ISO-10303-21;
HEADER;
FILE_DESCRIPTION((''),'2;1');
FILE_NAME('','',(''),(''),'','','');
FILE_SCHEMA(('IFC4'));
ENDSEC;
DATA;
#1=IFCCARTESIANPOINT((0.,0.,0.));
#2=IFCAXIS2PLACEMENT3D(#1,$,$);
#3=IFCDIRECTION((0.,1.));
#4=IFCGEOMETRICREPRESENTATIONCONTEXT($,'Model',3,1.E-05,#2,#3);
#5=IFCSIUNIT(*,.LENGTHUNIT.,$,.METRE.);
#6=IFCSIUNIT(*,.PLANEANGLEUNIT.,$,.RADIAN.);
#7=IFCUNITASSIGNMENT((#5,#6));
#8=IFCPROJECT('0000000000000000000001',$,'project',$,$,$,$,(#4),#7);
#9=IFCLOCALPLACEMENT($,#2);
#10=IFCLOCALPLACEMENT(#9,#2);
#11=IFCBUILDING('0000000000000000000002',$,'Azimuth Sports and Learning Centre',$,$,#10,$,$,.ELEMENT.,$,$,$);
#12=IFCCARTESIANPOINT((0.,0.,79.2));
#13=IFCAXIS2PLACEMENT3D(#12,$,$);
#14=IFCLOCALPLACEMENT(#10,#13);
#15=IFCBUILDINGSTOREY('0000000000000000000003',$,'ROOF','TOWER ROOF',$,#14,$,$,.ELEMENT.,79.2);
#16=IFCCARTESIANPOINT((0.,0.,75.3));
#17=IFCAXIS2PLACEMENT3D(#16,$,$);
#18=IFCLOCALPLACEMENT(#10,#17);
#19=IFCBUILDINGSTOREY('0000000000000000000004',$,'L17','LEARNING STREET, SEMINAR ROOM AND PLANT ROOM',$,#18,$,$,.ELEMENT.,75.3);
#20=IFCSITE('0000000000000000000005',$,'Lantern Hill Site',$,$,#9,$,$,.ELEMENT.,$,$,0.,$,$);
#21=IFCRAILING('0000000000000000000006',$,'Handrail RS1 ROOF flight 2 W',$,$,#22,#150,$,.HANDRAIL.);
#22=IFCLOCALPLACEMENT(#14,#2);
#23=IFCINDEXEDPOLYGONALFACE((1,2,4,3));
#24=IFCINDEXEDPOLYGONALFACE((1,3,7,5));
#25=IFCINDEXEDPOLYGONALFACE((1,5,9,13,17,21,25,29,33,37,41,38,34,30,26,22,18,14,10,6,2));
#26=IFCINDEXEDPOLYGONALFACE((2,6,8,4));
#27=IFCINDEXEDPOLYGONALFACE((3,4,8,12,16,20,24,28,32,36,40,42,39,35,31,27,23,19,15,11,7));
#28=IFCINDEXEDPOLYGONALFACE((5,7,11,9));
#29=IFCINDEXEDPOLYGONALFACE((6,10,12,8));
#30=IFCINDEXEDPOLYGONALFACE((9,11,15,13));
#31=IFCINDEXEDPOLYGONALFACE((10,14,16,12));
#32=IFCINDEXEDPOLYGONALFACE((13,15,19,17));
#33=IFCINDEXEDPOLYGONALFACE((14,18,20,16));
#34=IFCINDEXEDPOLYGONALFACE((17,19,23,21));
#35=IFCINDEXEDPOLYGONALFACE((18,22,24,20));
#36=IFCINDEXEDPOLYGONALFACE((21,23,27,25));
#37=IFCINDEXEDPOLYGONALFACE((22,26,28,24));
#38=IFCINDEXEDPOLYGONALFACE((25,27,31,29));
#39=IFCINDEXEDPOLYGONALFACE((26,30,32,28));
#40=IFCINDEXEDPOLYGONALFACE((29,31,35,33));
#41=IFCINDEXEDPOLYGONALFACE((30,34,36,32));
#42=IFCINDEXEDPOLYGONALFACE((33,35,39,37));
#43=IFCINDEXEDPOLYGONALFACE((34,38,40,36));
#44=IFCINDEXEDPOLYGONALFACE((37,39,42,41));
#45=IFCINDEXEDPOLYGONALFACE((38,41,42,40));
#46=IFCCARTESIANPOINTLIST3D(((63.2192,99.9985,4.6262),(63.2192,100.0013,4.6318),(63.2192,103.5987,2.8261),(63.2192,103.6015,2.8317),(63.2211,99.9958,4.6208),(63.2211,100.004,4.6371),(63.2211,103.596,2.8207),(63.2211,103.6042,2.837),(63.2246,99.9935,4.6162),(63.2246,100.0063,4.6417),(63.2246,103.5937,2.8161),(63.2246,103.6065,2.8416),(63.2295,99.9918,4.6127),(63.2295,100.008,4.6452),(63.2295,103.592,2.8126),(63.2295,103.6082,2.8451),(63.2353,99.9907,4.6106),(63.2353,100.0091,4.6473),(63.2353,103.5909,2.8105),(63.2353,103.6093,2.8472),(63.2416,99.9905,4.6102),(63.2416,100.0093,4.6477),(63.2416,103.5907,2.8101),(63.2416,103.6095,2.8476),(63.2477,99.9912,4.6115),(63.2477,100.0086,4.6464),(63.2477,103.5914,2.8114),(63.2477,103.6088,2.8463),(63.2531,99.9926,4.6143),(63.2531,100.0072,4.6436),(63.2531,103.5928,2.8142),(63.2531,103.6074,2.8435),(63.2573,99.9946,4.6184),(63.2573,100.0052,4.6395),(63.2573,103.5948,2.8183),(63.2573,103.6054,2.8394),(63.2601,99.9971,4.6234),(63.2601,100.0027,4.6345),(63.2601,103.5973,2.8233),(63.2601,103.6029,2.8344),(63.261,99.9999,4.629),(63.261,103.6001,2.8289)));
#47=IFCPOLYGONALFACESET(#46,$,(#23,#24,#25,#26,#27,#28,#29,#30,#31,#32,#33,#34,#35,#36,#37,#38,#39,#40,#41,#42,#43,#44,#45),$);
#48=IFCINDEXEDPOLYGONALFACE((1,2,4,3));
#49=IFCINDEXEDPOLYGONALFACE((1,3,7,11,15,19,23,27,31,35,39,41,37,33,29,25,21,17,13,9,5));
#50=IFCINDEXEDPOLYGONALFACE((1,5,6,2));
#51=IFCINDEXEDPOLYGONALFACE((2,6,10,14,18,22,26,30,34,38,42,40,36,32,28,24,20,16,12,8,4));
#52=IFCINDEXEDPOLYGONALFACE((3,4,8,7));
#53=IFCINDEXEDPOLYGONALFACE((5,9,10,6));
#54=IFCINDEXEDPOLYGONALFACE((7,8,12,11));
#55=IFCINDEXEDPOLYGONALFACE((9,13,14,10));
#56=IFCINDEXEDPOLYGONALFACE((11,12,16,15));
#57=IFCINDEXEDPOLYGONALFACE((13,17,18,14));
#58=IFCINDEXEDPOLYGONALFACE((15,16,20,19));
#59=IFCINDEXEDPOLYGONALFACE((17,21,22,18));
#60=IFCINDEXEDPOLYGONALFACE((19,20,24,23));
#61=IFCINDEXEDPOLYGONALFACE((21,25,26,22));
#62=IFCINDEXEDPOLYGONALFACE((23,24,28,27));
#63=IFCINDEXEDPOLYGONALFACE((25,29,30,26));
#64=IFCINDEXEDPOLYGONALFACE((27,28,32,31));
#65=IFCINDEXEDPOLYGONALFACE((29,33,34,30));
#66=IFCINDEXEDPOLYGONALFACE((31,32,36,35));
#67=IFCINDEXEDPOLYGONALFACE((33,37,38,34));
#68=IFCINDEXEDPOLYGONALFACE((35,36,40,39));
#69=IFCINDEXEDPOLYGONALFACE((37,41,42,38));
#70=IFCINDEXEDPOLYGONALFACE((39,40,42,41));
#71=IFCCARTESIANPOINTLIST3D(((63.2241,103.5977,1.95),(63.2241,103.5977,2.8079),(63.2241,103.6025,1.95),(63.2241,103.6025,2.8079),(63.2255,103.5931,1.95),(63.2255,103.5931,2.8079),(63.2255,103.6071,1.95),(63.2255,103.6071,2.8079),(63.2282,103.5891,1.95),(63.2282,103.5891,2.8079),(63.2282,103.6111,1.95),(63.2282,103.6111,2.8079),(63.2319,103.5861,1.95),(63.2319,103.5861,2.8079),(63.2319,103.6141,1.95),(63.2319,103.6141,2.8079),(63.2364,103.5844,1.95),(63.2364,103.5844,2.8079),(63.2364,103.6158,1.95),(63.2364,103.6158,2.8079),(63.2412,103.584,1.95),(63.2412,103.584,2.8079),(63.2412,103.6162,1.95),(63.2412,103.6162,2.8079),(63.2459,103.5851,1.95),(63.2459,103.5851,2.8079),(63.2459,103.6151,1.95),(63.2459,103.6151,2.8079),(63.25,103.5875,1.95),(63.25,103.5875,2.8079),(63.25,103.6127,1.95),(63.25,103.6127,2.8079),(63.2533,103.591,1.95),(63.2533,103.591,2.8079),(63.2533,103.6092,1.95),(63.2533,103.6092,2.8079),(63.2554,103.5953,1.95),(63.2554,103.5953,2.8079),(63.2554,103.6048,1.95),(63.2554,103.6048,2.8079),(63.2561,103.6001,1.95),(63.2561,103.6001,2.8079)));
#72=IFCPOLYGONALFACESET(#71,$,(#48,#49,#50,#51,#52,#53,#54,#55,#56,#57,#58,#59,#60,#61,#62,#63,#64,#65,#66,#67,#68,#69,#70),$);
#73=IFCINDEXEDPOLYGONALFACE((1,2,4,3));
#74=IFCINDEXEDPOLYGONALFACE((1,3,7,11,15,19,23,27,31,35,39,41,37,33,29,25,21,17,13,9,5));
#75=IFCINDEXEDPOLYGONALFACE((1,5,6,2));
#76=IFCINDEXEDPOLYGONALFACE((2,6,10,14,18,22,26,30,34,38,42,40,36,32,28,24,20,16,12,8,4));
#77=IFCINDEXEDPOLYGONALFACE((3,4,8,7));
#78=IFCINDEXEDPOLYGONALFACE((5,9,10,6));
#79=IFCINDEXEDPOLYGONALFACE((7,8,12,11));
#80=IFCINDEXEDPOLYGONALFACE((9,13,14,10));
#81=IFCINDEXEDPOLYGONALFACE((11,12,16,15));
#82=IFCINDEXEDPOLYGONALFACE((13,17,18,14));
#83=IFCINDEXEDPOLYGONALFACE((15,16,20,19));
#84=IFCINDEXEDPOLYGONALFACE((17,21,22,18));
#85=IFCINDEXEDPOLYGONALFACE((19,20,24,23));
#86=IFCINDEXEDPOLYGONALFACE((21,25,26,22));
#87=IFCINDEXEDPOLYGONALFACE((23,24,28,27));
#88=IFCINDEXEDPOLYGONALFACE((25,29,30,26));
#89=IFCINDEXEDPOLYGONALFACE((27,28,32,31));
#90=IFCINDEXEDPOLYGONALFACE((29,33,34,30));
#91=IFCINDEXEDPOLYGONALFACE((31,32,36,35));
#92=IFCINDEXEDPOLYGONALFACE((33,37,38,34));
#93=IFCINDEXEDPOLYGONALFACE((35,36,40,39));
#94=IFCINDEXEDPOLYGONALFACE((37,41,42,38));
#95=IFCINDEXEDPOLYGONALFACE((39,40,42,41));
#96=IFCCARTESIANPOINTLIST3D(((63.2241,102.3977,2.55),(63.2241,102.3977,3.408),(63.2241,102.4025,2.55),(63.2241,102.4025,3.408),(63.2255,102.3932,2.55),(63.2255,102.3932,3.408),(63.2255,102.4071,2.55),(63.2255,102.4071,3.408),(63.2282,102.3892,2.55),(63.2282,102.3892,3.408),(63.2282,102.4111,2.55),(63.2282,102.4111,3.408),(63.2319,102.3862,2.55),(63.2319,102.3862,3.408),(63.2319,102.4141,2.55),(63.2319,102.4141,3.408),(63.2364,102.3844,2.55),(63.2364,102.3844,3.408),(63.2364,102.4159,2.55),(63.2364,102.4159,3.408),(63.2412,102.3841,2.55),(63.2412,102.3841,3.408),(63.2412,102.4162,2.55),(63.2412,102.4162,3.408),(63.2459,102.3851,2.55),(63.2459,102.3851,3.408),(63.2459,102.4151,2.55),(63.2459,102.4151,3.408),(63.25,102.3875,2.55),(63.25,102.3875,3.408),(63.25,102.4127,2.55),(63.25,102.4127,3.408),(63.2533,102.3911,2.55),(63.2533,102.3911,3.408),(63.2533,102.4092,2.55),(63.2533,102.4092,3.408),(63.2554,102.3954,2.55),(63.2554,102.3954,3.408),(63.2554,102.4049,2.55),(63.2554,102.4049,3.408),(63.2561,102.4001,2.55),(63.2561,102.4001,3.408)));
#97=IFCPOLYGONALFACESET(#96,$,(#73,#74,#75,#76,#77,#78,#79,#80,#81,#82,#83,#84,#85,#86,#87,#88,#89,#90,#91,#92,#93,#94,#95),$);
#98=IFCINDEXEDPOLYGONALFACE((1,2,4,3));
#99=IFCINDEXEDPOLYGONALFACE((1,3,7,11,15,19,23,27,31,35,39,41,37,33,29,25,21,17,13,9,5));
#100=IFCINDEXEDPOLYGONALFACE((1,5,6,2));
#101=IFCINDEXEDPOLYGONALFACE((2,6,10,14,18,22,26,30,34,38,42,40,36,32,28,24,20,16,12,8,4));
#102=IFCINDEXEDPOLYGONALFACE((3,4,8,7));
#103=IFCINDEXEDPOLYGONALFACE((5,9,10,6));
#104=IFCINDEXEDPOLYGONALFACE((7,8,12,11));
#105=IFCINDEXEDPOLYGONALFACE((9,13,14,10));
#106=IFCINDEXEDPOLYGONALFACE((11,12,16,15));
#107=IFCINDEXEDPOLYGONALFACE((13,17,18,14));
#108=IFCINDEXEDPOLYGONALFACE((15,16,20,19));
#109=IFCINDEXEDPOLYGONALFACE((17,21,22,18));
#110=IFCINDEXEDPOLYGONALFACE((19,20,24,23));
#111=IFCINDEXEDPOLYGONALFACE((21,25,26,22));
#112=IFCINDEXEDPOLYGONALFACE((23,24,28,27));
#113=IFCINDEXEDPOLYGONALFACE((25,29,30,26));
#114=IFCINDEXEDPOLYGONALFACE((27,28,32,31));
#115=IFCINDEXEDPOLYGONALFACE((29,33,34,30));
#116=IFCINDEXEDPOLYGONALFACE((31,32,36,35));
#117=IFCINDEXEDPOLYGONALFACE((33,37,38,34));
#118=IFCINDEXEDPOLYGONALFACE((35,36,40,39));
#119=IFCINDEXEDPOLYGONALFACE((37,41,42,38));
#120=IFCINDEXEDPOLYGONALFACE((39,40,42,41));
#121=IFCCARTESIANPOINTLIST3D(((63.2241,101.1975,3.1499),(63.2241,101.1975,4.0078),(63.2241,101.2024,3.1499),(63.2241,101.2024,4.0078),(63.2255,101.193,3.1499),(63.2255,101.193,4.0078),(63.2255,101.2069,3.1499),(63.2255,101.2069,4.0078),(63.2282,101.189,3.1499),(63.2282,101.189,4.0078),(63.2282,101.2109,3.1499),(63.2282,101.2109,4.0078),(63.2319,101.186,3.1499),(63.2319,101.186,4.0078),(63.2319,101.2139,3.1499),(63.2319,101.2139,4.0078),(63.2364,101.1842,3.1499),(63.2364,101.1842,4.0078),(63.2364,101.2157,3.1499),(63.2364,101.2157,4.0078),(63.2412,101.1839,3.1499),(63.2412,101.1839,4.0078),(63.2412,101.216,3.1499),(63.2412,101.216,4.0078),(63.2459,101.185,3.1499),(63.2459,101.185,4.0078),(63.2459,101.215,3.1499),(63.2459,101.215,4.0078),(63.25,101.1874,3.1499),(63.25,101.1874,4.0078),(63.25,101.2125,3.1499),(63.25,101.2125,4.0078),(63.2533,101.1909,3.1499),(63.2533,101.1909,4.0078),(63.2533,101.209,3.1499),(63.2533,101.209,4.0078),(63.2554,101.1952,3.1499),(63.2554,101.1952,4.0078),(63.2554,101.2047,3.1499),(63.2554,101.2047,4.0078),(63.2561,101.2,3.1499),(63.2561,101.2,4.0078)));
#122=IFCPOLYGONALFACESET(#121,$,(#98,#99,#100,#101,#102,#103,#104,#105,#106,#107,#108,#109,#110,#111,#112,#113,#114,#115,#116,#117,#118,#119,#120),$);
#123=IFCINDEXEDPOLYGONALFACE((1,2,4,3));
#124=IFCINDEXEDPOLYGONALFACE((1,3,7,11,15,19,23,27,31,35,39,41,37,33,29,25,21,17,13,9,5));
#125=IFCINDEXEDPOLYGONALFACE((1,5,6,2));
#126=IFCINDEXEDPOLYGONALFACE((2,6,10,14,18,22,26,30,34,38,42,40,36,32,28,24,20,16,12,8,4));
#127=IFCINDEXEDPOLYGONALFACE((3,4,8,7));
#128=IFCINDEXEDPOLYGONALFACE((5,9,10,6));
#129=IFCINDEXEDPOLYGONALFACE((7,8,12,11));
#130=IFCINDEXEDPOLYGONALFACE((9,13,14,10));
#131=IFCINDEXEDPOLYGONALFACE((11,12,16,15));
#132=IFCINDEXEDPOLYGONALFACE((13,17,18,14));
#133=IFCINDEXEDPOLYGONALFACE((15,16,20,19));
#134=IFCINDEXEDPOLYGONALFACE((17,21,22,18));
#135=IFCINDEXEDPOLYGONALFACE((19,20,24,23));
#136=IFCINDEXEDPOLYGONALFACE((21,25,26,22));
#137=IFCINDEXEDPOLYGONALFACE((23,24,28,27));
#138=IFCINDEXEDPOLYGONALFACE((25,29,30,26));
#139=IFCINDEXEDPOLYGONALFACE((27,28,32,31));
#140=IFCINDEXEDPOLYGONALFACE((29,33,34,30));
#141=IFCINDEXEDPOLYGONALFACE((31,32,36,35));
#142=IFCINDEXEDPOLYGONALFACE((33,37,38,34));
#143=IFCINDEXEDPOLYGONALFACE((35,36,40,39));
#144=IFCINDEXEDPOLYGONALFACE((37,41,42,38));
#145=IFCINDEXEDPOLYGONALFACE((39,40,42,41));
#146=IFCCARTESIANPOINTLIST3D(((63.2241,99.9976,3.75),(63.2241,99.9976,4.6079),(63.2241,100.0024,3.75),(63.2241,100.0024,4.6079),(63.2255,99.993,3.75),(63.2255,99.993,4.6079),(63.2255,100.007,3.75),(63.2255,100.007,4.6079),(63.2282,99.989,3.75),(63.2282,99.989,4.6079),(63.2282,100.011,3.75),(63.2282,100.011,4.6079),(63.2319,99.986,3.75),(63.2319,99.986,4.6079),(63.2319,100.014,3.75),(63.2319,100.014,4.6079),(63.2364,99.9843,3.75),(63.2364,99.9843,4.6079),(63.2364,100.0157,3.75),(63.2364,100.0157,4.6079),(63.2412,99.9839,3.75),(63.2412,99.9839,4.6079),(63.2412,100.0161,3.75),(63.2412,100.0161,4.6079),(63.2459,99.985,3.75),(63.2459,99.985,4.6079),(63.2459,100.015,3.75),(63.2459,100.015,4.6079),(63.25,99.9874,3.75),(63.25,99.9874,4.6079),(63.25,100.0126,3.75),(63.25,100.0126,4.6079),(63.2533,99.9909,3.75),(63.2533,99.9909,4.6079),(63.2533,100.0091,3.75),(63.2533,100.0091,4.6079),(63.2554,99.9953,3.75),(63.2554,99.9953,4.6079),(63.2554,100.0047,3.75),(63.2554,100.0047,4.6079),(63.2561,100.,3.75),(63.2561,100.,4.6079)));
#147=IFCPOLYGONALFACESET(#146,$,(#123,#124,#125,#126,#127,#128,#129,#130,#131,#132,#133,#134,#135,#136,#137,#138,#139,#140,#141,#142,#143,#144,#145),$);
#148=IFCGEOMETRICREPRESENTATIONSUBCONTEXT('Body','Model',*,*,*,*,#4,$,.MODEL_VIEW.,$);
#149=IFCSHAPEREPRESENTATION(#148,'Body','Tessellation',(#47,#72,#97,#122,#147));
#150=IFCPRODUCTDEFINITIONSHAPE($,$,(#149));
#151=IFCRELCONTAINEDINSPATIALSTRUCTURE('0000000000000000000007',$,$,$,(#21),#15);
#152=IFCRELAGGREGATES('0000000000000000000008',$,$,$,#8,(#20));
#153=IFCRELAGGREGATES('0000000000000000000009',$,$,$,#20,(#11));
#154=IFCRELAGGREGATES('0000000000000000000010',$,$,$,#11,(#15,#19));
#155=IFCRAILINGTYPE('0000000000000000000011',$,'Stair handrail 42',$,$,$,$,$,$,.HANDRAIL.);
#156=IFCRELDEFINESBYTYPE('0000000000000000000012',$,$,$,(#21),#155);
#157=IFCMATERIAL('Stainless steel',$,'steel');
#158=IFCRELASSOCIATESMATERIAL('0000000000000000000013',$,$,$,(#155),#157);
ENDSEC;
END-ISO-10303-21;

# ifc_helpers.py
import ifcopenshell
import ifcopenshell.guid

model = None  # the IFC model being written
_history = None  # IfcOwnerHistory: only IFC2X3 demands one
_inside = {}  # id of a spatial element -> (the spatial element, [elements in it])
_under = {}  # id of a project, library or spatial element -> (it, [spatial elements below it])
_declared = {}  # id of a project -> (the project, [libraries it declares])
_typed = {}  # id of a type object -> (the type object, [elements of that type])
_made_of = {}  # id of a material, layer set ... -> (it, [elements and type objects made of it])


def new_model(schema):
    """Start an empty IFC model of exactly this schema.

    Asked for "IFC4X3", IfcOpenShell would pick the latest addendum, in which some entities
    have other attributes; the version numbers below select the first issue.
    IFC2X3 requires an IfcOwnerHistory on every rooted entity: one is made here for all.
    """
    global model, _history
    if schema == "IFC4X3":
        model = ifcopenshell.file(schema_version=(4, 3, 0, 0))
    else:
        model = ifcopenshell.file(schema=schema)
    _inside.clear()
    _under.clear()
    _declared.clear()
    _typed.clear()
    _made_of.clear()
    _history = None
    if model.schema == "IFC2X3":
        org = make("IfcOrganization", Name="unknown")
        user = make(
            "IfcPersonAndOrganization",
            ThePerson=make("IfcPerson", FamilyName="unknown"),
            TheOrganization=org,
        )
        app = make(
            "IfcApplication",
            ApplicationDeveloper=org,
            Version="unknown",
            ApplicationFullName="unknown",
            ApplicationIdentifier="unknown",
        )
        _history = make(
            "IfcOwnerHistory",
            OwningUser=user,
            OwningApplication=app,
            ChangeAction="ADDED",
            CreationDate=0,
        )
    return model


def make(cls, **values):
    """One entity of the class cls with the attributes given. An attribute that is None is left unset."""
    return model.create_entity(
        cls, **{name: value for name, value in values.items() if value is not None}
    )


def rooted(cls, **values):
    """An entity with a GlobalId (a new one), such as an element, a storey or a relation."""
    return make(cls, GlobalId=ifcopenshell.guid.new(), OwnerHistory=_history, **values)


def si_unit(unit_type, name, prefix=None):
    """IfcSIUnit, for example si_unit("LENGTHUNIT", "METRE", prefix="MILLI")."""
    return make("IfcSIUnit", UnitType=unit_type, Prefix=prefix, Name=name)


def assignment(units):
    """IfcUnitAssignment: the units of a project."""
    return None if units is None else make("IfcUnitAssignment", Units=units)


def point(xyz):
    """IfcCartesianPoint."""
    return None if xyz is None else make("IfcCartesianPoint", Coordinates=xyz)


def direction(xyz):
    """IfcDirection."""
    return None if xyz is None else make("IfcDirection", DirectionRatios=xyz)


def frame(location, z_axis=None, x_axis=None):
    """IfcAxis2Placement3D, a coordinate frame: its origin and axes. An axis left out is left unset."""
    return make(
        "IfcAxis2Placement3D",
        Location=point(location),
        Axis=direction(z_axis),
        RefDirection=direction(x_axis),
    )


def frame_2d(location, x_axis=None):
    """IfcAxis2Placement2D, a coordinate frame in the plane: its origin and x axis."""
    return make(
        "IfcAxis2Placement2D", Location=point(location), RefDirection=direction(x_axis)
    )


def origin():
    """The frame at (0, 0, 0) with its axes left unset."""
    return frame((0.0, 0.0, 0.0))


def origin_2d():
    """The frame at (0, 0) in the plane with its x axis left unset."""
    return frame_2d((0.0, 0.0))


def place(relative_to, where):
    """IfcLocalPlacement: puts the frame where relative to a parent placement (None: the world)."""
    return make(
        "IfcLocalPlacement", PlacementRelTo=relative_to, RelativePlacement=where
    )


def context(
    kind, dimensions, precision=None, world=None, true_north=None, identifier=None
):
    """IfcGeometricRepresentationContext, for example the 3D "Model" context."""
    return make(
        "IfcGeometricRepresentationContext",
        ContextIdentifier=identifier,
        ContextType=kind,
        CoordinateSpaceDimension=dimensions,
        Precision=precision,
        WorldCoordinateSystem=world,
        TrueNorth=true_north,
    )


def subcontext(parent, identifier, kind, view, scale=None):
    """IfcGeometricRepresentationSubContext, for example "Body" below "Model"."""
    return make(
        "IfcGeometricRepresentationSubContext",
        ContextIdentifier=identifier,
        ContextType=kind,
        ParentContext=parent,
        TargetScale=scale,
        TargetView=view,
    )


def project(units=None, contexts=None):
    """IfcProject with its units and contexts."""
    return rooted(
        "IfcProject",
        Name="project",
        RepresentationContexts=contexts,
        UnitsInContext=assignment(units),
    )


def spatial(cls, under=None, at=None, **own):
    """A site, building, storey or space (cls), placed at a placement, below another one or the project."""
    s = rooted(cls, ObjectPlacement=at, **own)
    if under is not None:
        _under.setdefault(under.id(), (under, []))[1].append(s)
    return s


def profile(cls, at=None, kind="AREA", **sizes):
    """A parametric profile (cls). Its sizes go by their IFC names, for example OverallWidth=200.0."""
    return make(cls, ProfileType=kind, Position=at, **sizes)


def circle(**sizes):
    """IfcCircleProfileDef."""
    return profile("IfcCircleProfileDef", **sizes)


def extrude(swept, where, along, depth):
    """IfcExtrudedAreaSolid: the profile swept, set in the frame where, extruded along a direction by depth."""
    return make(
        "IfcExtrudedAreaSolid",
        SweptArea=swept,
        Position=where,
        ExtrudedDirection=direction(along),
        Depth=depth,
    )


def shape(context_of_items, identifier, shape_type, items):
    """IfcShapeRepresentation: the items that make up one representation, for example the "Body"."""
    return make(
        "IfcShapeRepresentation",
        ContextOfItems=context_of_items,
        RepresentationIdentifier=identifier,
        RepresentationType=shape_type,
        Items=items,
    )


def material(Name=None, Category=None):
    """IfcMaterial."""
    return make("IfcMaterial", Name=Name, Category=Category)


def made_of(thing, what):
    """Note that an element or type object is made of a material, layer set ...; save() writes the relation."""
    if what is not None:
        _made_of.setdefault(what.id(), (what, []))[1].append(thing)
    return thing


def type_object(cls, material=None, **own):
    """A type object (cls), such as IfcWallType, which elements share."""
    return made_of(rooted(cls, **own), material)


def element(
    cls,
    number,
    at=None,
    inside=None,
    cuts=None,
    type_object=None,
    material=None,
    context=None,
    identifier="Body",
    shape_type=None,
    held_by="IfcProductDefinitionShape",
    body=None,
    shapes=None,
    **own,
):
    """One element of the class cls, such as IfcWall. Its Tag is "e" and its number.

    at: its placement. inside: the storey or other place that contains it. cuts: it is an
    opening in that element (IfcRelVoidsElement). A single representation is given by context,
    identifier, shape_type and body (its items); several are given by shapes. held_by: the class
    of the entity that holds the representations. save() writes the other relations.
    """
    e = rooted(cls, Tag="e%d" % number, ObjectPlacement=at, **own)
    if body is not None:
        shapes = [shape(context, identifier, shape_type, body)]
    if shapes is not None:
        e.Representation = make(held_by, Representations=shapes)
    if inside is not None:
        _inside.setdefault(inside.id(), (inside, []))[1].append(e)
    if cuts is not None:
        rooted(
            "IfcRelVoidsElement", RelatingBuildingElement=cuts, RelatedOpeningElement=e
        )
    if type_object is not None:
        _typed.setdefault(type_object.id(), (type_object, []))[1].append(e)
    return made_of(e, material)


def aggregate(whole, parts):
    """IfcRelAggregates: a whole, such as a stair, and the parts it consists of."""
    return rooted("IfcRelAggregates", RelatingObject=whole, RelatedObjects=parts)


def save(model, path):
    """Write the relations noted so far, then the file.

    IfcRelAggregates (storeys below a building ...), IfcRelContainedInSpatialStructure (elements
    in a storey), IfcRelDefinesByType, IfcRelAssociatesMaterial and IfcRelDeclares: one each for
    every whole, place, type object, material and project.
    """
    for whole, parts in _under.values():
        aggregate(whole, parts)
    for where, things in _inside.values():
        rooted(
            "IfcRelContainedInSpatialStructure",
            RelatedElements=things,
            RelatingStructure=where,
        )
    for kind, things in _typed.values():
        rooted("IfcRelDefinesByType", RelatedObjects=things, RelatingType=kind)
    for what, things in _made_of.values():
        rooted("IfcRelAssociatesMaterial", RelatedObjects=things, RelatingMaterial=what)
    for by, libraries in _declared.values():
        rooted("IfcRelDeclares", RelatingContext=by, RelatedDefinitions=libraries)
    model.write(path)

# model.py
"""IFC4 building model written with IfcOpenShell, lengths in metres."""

from ifc_helpers import new_model, si_unit, direction, frame, origin, origin_2d, place, context, subcontext, project, spatial, circle, extrude, material, type_object, element, save


model = new_model("IFC4")

# Units and contexts
model_context = context("Model", 3, precision=1e-05, world=origin(), true_north=direction((0.0, 1.0)))
body_context = subcontext(model_context, "Body", "Model", "MODEL_VIEW")
ifc_project = project(units=[si_unit("LENGTHUNIT", "METRE"), si_unit("PLANEANGLEUNIT", "RADIAN")], contexts=[model_context])

# Site, building, storey
site_placement = place(None, origin())
site = spatial("IfcSite", under=ifc_project, at=site_placement, Name="Lantern Hill Site", CompositionType="ELEMENT", RefElevation=0.0)
building_placement = place(site_placement, origin())
building = spatial("IfcBuilding", under=site, at=building_placement, Name="Azimuth Sports and Learning Centre", CompositionType="ELEMENT")
storey_1_placement = place(building_placement, frame((0.0, 0.0, 79.2)))
storey_1 = spatial("IfcBuildingStorey", under=building, at=storey_1_placement, Name="ROOF", Description="TOWER ROOF", CompositionType="ELEMENT", Elevation=79.2)

# Shared definitions
storey_2_placement = place(building_placement, frame((0.0, 0.0, 75.3)))
storey_2 = spatial("IfcBuildingStorey", under=building, at=storey_2_placement, Name="L17", Description="LEARNING STREET, SEMINAR ROOM AND PLANT ROOM", CompositionType="ELEMENT", Elevation=75.3)

# Railing
ifc_material_1 = material(Name="Stainless steel", Category="steel")
railing_type_1 = type_object("IfcRailingType", Name="Stair handrail 42", PredefinedType="HANDRAIL", material=ifc_material_1)
for number, where, name in (
    (1, (63.24, 103.6001, 1.95), "Handrail RS1 ROOF flight 2 W"),
):
    element("IfcRailing", number, at=place(storey_1_placement, frame(where)), inside=storey_1, type_object=railing_type_1, Name=name, PredefinedType="HANDRAIL", context=body_context, shape_type="SweptSolid", body=[
        extrude(circle(Radius=0.021, at=origin_2d()), frame((0.0, 0.0, 0.8789), z_axis=(0.0, -0.894427, 0.447214), x_axis=(1.0, 0.0, 0.0)), (0.0, 0.0, 1.0), 4.0251),
        extrude(circle(Radius=0.0161, at=origin_2d()), origin(), (0.0, 0.0, 1.0), 0.8579),
        extrude(circle(Radius=0.0161, at=origin_2d()), frame((0.0, -1.2, 0.6001)), (0.0, 0.0, 1.0), 0.8579),
        extrude(circle(Radius=0.0161, at=origin_2d()), frame((0.0, -2.4001, 1.2)), (0.0, 0.0, 1.0), 0.8579),
        extrude(circle(Radius=0.0161, at=origin_2d()), frame((0.0, -3.6001, 1.8)), (0.0, 0.0, 1.0), 0.8579),
    ])

save(model, "model.ifc")
